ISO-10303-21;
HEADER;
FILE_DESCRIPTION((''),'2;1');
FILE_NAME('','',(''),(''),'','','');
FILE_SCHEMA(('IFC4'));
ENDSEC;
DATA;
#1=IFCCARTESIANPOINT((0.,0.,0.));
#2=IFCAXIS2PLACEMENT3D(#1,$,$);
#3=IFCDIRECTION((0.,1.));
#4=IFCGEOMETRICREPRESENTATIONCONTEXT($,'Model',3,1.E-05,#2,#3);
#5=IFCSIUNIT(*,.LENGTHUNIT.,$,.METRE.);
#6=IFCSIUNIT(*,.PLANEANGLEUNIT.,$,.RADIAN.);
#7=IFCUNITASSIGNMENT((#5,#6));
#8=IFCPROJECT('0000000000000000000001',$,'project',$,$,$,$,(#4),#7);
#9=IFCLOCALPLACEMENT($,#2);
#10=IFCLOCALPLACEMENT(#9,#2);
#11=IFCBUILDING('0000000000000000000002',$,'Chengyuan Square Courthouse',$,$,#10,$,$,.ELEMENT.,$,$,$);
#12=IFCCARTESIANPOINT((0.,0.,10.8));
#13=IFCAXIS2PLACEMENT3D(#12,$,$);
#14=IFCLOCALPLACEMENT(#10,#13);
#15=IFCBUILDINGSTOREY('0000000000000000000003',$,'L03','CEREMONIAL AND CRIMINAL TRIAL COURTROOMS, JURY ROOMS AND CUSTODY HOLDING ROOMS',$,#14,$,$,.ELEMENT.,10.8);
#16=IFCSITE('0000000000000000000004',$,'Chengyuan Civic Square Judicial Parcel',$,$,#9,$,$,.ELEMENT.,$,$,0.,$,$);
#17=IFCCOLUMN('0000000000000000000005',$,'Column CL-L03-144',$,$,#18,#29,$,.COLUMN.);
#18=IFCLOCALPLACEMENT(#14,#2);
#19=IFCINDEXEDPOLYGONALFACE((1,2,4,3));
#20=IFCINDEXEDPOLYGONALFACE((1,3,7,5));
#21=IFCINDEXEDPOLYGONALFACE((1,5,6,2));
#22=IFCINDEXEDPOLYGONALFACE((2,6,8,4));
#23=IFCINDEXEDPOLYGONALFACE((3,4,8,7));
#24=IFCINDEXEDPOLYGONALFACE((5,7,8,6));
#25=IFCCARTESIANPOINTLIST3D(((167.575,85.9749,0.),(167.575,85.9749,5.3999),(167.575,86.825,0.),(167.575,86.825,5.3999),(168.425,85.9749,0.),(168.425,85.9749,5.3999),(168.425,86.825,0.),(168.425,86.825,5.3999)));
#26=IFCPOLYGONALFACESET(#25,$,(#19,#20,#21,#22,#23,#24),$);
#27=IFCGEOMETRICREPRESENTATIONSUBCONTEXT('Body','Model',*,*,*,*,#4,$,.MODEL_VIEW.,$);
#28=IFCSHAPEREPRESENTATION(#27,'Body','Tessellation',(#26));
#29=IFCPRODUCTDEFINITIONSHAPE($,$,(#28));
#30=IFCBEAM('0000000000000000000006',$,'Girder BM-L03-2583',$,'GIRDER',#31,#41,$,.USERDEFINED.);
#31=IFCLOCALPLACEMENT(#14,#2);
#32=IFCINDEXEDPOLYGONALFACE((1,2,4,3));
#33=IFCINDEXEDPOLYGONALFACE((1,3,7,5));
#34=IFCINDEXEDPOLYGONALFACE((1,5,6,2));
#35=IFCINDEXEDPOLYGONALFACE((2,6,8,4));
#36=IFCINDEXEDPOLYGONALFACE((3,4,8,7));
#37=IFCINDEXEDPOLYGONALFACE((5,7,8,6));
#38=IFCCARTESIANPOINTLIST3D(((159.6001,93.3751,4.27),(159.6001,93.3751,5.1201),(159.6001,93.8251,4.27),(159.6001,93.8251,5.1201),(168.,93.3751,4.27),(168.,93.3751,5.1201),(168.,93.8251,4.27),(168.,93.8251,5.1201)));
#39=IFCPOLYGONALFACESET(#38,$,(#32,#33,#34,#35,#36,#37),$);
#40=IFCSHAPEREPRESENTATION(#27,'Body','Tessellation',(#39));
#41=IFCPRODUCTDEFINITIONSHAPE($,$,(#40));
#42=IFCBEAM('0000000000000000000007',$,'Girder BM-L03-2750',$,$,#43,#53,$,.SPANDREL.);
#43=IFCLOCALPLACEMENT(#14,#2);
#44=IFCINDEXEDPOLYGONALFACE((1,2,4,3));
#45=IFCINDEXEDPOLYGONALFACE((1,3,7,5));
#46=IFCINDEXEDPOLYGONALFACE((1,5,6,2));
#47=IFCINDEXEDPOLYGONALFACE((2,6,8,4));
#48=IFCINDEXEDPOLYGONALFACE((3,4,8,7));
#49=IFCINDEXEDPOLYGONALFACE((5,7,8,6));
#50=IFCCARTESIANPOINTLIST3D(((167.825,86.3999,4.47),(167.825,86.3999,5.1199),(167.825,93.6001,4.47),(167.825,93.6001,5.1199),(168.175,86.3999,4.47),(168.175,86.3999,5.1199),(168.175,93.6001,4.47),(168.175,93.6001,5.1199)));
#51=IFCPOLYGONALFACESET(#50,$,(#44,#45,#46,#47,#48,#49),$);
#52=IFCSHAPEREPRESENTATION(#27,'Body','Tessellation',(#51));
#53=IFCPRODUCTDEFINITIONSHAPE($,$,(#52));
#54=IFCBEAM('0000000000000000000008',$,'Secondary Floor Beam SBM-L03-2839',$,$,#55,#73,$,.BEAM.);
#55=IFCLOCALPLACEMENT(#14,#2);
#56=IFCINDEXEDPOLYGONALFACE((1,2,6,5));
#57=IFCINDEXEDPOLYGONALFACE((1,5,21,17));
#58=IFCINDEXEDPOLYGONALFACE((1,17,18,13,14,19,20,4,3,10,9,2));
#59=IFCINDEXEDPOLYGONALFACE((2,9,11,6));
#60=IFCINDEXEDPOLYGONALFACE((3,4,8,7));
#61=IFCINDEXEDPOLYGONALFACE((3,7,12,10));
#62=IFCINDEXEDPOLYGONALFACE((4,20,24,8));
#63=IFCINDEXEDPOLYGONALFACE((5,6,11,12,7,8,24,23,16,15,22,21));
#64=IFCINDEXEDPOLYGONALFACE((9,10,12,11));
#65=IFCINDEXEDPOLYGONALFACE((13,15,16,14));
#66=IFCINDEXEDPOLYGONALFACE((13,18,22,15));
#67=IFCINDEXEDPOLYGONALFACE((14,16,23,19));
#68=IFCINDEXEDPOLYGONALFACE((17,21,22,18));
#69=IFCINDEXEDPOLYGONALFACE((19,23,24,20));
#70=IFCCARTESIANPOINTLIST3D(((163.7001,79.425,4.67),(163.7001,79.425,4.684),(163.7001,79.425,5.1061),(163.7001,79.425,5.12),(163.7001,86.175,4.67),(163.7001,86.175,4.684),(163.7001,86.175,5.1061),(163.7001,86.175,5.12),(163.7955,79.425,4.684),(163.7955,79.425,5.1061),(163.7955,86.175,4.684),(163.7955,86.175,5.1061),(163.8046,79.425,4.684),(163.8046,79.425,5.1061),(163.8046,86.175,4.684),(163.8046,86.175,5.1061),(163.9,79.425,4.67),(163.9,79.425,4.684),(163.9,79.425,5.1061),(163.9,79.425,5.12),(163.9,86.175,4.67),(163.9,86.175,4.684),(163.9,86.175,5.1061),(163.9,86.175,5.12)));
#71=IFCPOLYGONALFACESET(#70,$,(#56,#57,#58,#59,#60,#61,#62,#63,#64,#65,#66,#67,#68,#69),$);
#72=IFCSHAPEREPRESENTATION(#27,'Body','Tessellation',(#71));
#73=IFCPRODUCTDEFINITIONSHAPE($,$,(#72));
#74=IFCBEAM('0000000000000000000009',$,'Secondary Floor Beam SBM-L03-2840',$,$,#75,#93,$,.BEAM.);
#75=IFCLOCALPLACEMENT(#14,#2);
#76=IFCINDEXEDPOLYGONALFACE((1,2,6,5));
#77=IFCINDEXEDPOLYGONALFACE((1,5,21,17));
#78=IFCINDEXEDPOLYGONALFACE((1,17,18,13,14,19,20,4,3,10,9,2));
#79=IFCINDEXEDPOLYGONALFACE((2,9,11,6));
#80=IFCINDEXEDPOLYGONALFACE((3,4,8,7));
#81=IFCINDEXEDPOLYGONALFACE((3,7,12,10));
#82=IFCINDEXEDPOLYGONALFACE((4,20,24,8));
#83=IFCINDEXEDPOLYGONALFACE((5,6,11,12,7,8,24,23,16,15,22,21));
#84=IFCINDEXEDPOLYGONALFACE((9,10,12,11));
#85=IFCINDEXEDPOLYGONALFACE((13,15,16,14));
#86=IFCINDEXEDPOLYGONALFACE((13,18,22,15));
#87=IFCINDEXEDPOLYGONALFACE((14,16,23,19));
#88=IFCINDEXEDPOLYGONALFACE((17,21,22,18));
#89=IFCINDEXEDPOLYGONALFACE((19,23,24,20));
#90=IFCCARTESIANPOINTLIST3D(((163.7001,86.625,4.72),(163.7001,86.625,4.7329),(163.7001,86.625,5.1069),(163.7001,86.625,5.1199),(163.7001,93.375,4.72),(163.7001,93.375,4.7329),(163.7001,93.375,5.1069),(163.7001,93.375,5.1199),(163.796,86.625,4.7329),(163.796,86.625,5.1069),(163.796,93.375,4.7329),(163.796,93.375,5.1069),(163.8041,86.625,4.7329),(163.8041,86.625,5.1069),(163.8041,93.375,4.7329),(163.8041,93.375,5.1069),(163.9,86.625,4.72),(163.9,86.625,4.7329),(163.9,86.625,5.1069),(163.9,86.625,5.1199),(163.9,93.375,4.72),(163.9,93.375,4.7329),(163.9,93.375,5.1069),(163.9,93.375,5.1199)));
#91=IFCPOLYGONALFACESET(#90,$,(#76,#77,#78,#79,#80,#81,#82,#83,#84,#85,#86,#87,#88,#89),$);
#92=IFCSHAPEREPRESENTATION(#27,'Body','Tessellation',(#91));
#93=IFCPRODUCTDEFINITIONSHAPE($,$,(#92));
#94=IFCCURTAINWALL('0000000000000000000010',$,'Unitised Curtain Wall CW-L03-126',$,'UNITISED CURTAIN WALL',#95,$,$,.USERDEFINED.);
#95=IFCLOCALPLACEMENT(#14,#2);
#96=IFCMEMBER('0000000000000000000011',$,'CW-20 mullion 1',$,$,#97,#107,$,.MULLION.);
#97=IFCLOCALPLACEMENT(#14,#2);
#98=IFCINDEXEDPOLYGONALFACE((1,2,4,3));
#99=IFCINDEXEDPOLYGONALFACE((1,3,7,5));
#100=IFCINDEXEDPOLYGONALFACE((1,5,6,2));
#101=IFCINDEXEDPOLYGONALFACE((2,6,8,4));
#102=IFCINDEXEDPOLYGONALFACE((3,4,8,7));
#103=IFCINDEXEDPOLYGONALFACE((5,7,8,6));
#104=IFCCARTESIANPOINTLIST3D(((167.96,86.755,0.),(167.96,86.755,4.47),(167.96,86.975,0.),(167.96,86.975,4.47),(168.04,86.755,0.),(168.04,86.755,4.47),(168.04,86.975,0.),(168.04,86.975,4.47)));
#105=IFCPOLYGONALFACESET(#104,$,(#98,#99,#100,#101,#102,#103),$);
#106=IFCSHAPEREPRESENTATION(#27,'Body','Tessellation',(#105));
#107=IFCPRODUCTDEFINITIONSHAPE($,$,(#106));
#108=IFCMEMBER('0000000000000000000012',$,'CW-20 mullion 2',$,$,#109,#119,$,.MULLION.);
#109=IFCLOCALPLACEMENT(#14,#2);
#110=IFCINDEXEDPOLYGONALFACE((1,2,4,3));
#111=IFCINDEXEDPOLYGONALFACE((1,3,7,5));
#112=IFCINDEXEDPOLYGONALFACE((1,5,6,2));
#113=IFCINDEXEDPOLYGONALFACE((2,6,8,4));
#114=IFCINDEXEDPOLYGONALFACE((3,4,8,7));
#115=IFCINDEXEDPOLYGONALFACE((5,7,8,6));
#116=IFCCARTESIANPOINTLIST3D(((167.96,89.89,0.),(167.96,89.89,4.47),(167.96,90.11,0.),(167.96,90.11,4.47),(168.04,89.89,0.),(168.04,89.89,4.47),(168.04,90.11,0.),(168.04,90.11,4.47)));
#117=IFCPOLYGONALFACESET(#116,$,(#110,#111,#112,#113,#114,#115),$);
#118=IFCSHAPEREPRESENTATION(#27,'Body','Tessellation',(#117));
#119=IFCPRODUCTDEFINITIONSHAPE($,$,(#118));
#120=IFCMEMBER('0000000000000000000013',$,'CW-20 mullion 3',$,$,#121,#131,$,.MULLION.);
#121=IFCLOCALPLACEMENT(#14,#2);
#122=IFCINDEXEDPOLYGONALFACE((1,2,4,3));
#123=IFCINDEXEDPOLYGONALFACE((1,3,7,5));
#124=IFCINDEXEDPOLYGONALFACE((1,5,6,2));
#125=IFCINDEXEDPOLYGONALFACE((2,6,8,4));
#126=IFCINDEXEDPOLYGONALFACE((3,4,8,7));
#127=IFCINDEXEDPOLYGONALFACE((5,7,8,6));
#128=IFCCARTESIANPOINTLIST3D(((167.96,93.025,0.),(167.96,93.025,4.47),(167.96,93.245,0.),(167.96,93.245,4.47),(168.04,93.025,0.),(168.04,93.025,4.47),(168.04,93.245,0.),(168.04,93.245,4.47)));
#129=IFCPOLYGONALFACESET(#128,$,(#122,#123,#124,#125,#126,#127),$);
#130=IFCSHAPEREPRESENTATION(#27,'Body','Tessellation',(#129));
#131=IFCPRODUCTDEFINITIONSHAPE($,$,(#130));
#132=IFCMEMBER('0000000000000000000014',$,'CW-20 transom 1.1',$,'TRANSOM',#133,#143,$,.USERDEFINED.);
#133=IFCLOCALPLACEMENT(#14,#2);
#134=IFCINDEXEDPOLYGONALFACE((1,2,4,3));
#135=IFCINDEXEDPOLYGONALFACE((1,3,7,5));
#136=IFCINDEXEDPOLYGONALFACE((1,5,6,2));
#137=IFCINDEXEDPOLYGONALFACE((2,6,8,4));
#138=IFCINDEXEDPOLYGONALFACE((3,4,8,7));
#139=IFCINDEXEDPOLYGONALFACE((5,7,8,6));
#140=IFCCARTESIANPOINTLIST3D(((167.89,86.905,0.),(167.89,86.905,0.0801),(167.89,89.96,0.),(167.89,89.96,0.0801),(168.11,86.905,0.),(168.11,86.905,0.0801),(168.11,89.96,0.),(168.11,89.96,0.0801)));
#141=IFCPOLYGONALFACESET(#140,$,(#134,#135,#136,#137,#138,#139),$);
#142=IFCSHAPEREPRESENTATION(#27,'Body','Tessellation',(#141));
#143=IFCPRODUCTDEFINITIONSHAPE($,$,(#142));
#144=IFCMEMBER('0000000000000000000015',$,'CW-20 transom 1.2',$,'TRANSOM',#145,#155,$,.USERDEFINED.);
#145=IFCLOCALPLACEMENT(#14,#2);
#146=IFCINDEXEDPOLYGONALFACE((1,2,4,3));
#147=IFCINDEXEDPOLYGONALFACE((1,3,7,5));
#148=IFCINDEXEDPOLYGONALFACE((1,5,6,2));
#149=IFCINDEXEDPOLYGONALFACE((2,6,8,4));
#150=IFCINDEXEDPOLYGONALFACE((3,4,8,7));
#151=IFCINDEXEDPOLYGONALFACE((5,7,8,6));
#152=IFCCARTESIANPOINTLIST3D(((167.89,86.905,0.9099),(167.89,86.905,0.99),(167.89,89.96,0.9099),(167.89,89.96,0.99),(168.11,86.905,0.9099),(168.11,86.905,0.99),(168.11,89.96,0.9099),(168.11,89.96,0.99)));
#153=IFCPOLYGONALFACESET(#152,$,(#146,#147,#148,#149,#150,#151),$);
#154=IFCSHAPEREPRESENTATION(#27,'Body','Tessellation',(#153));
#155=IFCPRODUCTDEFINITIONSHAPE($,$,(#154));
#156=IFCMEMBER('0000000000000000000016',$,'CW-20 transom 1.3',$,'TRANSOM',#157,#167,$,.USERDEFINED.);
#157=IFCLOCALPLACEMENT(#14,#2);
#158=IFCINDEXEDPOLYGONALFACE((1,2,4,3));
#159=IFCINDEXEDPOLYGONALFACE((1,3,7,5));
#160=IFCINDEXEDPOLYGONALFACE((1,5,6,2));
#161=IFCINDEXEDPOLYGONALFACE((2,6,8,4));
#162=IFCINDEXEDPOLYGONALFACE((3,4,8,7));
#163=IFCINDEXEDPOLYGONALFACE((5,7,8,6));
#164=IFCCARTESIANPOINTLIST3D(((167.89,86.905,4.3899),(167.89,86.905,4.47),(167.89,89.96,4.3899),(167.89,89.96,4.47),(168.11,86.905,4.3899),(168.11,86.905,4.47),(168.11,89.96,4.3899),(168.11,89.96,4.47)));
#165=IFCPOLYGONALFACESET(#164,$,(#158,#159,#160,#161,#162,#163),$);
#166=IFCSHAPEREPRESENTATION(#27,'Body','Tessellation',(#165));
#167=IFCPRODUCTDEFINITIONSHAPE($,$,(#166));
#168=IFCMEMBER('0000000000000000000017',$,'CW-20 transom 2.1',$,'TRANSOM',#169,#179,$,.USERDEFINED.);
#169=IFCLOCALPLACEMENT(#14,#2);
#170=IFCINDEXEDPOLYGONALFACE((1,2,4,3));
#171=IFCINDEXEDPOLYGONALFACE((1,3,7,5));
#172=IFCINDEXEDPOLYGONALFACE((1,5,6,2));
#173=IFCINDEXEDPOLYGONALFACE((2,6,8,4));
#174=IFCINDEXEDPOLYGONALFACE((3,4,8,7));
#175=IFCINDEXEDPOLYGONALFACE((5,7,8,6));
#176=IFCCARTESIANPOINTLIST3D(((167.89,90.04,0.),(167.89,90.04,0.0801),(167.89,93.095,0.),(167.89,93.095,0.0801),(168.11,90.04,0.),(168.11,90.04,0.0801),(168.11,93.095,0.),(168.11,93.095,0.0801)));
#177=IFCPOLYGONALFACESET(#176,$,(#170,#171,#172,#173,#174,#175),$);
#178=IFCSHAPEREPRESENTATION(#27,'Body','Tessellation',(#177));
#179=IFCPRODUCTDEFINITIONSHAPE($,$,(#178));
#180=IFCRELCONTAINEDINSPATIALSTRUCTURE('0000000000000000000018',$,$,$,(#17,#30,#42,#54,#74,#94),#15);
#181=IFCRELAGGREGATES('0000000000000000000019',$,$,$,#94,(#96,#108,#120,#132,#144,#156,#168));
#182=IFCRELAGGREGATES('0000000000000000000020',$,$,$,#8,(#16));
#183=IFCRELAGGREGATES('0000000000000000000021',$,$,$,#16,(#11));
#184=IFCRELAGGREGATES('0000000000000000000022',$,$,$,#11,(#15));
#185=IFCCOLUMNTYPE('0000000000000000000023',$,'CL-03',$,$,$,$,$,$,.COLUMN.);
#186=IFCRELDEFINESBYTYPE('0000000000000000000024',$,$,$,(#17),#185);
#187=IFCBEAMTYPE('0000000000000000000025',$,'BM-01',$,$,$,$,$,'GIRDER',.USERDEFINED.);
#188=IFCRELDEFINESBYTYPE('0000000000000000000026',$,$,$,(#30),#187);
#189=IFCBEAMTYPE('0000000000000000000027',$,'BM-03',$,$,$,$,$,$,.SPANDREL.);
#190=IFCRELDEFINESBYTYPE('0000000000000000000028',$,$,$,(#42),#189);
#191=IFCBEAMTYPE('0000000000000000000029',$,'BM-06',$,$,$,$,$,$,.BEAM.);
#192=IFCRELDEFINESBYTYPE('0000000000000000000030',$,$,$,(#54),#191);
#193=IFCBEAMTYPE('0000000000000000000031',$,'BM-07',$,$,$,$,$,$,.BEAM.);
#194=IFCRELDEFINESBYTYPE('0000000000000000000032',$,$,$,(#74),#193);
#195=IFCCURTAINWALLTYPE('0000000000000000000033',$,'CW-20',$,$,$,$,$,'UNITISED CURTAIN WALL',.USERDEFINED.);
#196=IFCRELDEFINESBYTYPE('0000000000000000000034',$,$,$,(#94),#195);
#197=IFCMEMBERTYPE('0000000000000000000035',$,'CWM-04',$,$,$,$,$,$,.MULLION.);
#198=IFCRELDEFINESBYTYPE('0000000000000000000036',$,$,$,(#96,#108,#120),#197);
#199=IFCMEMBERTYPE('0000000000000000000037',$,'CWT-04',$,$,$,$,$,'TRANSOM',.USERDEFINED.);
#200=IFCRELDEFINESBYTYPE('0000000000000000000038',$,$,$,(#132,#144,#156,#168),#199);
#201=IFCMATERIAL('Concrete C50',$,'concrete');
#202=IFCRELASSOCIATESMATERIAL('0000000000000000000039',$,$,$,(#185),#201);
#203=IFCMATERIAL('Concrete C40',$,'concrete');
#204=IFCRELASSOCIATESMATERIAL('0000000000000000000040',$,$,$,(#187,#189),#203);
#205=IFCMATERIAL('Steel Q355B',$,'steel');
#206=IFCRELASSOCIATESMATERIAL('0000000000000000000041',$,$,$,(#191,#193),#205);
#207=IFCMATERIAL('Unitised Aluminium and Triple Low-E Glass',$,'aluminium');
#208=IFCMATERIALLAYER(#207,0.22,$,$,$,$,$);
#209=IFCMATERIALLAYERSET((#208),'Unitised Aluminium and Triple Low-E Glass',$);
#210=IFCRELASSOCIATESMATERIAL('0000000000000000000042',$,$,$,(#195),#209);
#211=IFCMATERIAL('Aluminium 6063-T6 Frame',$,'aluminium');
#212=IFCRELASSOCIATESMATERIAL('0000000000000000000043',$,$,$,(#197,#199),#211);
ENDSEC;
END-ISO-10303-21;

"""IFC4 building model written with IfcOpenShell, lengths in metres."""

from ifc_helpers import new_model, si_unit, direction, frame, origin, origin_2d, place, context, subcontext, project, spatial, rectangle, i_section, extrude, material, layer, layer_set, material_profile, profile_set, type_object, element, aggregate, save


model = new_model("IFC4")

# Units and contexts
model_context = context("Model", 3, precision=1e-05, world=origin(), true_north=direction((0.0, 1.0)))
body_context = subcontext(model_context, "Body", "Model", "MODEL_VIEW")
ifc_project = project(units=[si_unit("LENGTHUNIT", "METRE"), si_unit("PLANEANGLEUNIT", "RADIAN")], contexts=[model_context])

# Site, building, storey
site_placement = place(None, origin())
site = spatial("IfcSite", under=ifc_project, at=site_placement, Name="Chengyuan Civic Square Judicial Parcel", CompositionType="ELEMENT", RefElevation=0.0)
building_placement = place(site_placement, origin())
building = spatial("IfcBuilding", under=site, at=building_placement, Name="Chengyuan Square Courthouse", CompositionType="ELEMENT")
storey_placement = place(building_placement, frame((0.0, 0.0, 10.8)))
storey = spatial("IfcBuildingStorey", under=building, at=storey_placement, Name="L03", Description="CEREMONIAL AND CRIMINAL TRIAL COURTROOMS, JURY ROOMS AND CUSTODY HOLDING ROOMS", CompositionType="ELEMENT", Elevation=10.8)

# Column
ifc_material_1 = material(Name="Concrete C50", Category="concrete")
ifc_material_profile_1 = material_profile(ifc_material_1, rectangle(XDim=0.8501, YDim=0.8501, at=origin_2d()), Name="RC-COL-850x850")
ifc_profile_set_1 = profile_set([ifc_material_profile_1], Name="Concrete C50")
column_type = type_object("IfcColumnType", Name="CL-03", PredefinedType="COLUMN", material=ifc_profile_set_1)
column_placement = place(storey_placement, frame((168.0, 86.3999, 0.0), z_axis=(0.0, 0.0, 1.0), x_axis=(1.0, 0.0, 0.0)))
element("IfcColumn", 1, at=column_placement, inside=storey, type_object=column_type, Name="Column CL-L03-144", PredefinedType="COLUMN", context=body_context, shape_type="SweptSolid", body=[
    extrude(rectangle(XDim=0.8501, YDim=0.8501, at=origin_2d()), origin(), (0.0, 0.0, 1.0), 5.3999),
])

# Beams
ifc_material_2 = material(Name="Concrete C40", Category="concrete")
ifc_material_profile_2 = material_profile(ifc_material_2, rectangle(XDim=0.45, YDim=0.8501, at=origin_2d()), Name="RC-BM-450x850")
ifc_profile_set_2 = profile_set([ifc_material_profile_2], Name="Concrete C40")
beam_type_1 = type_object("IfcBeamType", Name="BM-01", ElementType="GIRDER", PredefinedType="USERDEFINED", material=ifc_profile_set_2)
beam_1_placement = place(storey_placement, frame((159.6001, 93.6001, 4.6951), z_axis=(1.0, 0.0, 0.0), x_axis=(0.0, 1.0, 0.0)))
element("IfcBeam", 2, at=beam_1_placement, inside=storey, type_object=beam_type_1, Name="Girder BM-L03-2583", ObjectType="GIRDER", PredefinedType="USERDEFINED", context=body_context, shape_type="SweptSolid", body=[
    extrude(rectangle(XDim=0.45, YDim=0.8501, at=origin_2d()), origin(), (0.0, 0.0, 1.0), 8.3999),
])
ifc_material_profile_3 = material_profile(ifc_material_2, rectangle(XDim=0.3501, YDim=0.6499, at=origin_2d()), Name="RC-BM-350x650")
ifc_profile_set_3 = profile_set([ifc_material_profile_3], Name="Concrete C40")
beam_type_2 = type_object("IfcBeamType", Name="BM-03", PredefinedType="SPANDREL", material=ifc_profile_set_3)
beam_2_placement = place(storey_placement, frame((168.0, 86.3999, 4.7949), z_axis=(0.0, 1.0, 0.0), x_axis=(-1.0, 0.0, 0.0)))
element("IfcBeam", 3, at=beam_2_placement, inside=storey, type_object=beam_type_2, Name="Girder BM-L03-2750", PredefinedType="SPANDREL", context=body_context, shape_type="SweptSolid", body=[
    extrude(rectangle(XDim=0.3501, YDim=0.6499, at=origin_2d()), origin(), (0.0, 0.0, 1.0), 7.2002),
])
ifc_material_3 = material(Name="Steel Q355B", Category="steel")
ifc_material_profile_4 = material_profile(ifc_material_3, i_section(OverallWidth=0.2, OverallDepth=0.45, WebThickness=0.009, FlangeThickness=0.0139, at=origin_2d()), Name="HN 450x200x9x14")
ifc_profile_set_4 = profile_set([ifc_material_profile_4], Name="Steel Q355B")
beam_type_3 = type_object("IfcBeamType", Name="BM-06", PredefinedType="BEAM", material=ifc_profile_set_4)
beam_3_placement = place(storey_placement, frame((163.8, 79.425, 4.895), z_axis=(0.0, 1.0, 0.0), x_axis=(-1.0, 0.0, 0.0)))
element("IfcBeam", 4, at=beam_3_placement, inside=storey, type_object=beam_type_3, Name="Secondary Floor Beam SBM-L03-2839", PredefinedType="BEAM", context=body_context, shape_type="SweptSolid", body=[
    extrude(i_section(OverallWidth=0.2, OverallDepth=0.45, WebThickness=0.009, FlangeThickness=0.0139, at=origin_2d()), origin(), (0.0, 0.0, 1.0), 6.75),
])
ifc_material_profile_5 = material_profile(ifc_material_3, i_section(OverallWidth=0.2, OverallDepth=0.3999, WebThickness=0.0081, FlangeThickness=0.0129, at=origin_2d()), Name="HN 400x200x8x13")
ifc_profile_set_5 = profile_set([ifc_material_profile_5], Name="Steel Q355B")
beam_type_4 = type_object("IfcBeamType", Name="BM-07", PredefinedType="BEAM", material=ifc_profile_set_5)
beam_4_placement = place(storey_placement, frame((163.8, 86.625, 4.9199), z_axis=(0.0, 1.0, 0.0), x_axis=(-1.0, 0.0, 0.0)))
element("IfcBeam", 5, at=beam_4_placement, inside=storey, type_object=beam_type_4, Name="Secondary Floor Beam SBM-L03-2840", PredefinedType="BEAM", context=body_context, shape_type="SweptSolid", body=[
    extrude(i_section(OverallWidth=0.2, OverallDepth=0.3999, WebThickness=0.0081, FlangeThickness=0.0129, at=origin_2d()), origin(), (0.0, 0.0, 1.0), 6.75),
])

# Curtain wall, members
ifc_material_4 = material(Name="Unitised Aluminium and Triple Low-E Glass", Category="aluminium")
ifc_layer_1 = layer(ifc_material_4, 0.22)
ifc_layer_set_1 = layer_set([ifc_layer_1], Name="Unitised Aluminium and Triple Low-E Glass")
curtain_wall_type = type_object("IfcCurtainWallType", Name="CW-20", ElementType="UNITISED CURTAIN WALL", PredefinedType="USERDEFINED", material=ifc_layer_set_1)
curtain_wall_placement = place(storey_placement, origin())
curtain_wall = element("IfcCurtainWall", 6, at=curtain_wall_placement, inside=storey, type_object=curtain_wall_type, Name="Unitised Curtain Wall CW-L03-126", ObjectType="UNITISED CURTAIN WALL", PredefinedType="USERDEFINED")
ifc_material_5 = material(Name="Aluminium 6063-T6 Frame", Category="aluminium")
ifc_material_profile_6 = material_profile(ifc_material_5, rectangle(XDim=0.0801, YDim=0.22, at=origin_2d()), Name="CW-MUL-80x220")
ifc_profile_set_6 = profile_set([ifc_material_profile_6], Name="Aluminium 6063-T6 Frame")
member_type_1 = type_object("IfcMemberType", Name="CWM-04", PredefinedType="MULLION", material=ifc_profile_set_6)
member_1_placement = place(storey_placement, frame((168.0, 86.865, 0.0), z_axis=(0.0, 0.0, 1.0), x_axis=(-1.0, 0.0, 0.0)))
member_1 = element("IfcMember", 7, at=member_1_placement, type_object=member_type_1, Name="CW-20 mullion 1", PredefinedType="MULLION", context=body_context, shape_type="SweptSolid", body=[
    extrude(rectangle(XDim=0.0801, YDim=0.22, at=origin_2d()), origin(), (0.0, 0.0, 1.0), 4.47),
])
member_2_placement = place(storey_placement, frame((168.0, 90.0, 0.0), z_axis=(0.0, 0.0, 1.0), x_axis=(-1.0, 0.0, 0.0)))
member_2 = element("IfcMember", 8, at=member_2_placement, type_object=member_type_1, Name="CW-20 mullion 2", PredefinedType="MULLION", context=body_context, shape_type="SweptSolid", body=[
    extrude(rectangle(XDim=0.0801, YDim=0.22, at=origin_2d()), origin(), (0.0, 0.0, 1.0), 4.47),
])
member_3_placement = place(storey_placement, frame((168.0, 93.135, 0.0), z_axis=(0.0, 0.0, 1.0), x_axis=(-1.0, 0.0, 0.0)))
member_3 = element("IfcMember", 9, at=member_3_placement, type_object=member_type_1, Name="CW-20 mullion 3", PredefinedType="MULLION", context=body_context, shape_type="SweptSolid", body=[
    extrude(rectangle(XDim=0.0801, YDim=0.22, at=origin_2d()), origin(), (0.0, 0.0, 1.0), 4.47),
])
ifc_material_profile_7 = material_profile(ifc_material_5, rectangle(XDim=0.22, YDim=0.0801, at=origin_2d()), Name="CW-TRN-80x180")
ifc_profile_set_7 = profile_set([ifc_material_profile_7], Name="Aluminium 6063-T6 Frame")
member_type_2 = type_object("IfcMemberType", Name="CWT-04", ElementType="TRANSOM", PredefinedType="USERDEFINED", material=ifc_profile_set_7)
member_4_placement = place(storey_placement, frame((168.0, 86.905, 0.04), z_axis=(0.0, 1.0, 0.0), x_axis=(-1.0, 0.0, 0.0)))
member_4 = element("IfcMember", 10, at=member_4_placement, type_object=member_type_2, Name="CW-20 transom 1.1", ObjectType="TRANSOM", PredefinedType="USERDEFINED", context=body_context, shape_type="SweptSolid", body=[
    extrude(rectangle(XDim=0.22, YDim=0.0801, at=origin_2d()), origin(), (0.0, 0.0, 1.0), 3.0549),
])
member_5_placement = place(storey_placement, frame((168.0, 86.905, 0.95), z_axis=(0.0, 1.0, 0.0), x_axis=(-1.0, 0.0, 0.0)))
member_5 = element("IfcMember", 11, at=member_5_placement, type_object=member_type_2, Name="CW-20 transom 1.2", ObjectType="TRANSOM", PredefinedType="USERDEFINED", context=body_context, shape_type="SweptSolid", body=[
    extrude(rectangle(XDim=0.22, YDim=0.0801, at=origin_2d()), origin(), (0.0, 0.0, 1.0), 3.0549),
])
member_6_placement = place(storey_placement, frame((168.0, 86.905, 4.4299), z_axis=(0.0, 1.0, 0.0), x_axis=(-1.0, 0.0, 0.0)))
member_6 = element("IfcMember", 12, at=member_6_placement, type_object=member_type_2, Name="CW-20 transom 1.3", ObjectType="TRANSOM", PredefinedType="USERDEFINED", context=body_context, shape_type="SweptSolid", body=[
    extrude(rectangle(XDim=0.22, YDim=0.0801, at=origin_2d()), origin(), (0.0, 0.0, 1.0), 3.0549),
])
member_7_placement = place(storey_placement, frame((168.0, 90.04, 0.04), z_axis=(0.0, 1.0, 0.0), x_axis=(-1.0, 0.0, 0.0)))
member_7 = element("IfcMember", 13, at=member_7_placement, type_object=member_type_2, Name="CW-20 transom 2.1", ObjectType="TRANSOM", PredefinedType="USERDEFINED", context=body_context, shape_type="SweptSolid", body=[
    extrude(rectangle(XDim=0.22, YDim=0.0801, at=origin_2d()), origin(), (0.0, 0.0, 1.0), 3.0549),
])
aggregate(curtain_wall, [member_1, member_2, member_3, member_4, member_5, member_6, member_7])

save(model, "model.ifc")
